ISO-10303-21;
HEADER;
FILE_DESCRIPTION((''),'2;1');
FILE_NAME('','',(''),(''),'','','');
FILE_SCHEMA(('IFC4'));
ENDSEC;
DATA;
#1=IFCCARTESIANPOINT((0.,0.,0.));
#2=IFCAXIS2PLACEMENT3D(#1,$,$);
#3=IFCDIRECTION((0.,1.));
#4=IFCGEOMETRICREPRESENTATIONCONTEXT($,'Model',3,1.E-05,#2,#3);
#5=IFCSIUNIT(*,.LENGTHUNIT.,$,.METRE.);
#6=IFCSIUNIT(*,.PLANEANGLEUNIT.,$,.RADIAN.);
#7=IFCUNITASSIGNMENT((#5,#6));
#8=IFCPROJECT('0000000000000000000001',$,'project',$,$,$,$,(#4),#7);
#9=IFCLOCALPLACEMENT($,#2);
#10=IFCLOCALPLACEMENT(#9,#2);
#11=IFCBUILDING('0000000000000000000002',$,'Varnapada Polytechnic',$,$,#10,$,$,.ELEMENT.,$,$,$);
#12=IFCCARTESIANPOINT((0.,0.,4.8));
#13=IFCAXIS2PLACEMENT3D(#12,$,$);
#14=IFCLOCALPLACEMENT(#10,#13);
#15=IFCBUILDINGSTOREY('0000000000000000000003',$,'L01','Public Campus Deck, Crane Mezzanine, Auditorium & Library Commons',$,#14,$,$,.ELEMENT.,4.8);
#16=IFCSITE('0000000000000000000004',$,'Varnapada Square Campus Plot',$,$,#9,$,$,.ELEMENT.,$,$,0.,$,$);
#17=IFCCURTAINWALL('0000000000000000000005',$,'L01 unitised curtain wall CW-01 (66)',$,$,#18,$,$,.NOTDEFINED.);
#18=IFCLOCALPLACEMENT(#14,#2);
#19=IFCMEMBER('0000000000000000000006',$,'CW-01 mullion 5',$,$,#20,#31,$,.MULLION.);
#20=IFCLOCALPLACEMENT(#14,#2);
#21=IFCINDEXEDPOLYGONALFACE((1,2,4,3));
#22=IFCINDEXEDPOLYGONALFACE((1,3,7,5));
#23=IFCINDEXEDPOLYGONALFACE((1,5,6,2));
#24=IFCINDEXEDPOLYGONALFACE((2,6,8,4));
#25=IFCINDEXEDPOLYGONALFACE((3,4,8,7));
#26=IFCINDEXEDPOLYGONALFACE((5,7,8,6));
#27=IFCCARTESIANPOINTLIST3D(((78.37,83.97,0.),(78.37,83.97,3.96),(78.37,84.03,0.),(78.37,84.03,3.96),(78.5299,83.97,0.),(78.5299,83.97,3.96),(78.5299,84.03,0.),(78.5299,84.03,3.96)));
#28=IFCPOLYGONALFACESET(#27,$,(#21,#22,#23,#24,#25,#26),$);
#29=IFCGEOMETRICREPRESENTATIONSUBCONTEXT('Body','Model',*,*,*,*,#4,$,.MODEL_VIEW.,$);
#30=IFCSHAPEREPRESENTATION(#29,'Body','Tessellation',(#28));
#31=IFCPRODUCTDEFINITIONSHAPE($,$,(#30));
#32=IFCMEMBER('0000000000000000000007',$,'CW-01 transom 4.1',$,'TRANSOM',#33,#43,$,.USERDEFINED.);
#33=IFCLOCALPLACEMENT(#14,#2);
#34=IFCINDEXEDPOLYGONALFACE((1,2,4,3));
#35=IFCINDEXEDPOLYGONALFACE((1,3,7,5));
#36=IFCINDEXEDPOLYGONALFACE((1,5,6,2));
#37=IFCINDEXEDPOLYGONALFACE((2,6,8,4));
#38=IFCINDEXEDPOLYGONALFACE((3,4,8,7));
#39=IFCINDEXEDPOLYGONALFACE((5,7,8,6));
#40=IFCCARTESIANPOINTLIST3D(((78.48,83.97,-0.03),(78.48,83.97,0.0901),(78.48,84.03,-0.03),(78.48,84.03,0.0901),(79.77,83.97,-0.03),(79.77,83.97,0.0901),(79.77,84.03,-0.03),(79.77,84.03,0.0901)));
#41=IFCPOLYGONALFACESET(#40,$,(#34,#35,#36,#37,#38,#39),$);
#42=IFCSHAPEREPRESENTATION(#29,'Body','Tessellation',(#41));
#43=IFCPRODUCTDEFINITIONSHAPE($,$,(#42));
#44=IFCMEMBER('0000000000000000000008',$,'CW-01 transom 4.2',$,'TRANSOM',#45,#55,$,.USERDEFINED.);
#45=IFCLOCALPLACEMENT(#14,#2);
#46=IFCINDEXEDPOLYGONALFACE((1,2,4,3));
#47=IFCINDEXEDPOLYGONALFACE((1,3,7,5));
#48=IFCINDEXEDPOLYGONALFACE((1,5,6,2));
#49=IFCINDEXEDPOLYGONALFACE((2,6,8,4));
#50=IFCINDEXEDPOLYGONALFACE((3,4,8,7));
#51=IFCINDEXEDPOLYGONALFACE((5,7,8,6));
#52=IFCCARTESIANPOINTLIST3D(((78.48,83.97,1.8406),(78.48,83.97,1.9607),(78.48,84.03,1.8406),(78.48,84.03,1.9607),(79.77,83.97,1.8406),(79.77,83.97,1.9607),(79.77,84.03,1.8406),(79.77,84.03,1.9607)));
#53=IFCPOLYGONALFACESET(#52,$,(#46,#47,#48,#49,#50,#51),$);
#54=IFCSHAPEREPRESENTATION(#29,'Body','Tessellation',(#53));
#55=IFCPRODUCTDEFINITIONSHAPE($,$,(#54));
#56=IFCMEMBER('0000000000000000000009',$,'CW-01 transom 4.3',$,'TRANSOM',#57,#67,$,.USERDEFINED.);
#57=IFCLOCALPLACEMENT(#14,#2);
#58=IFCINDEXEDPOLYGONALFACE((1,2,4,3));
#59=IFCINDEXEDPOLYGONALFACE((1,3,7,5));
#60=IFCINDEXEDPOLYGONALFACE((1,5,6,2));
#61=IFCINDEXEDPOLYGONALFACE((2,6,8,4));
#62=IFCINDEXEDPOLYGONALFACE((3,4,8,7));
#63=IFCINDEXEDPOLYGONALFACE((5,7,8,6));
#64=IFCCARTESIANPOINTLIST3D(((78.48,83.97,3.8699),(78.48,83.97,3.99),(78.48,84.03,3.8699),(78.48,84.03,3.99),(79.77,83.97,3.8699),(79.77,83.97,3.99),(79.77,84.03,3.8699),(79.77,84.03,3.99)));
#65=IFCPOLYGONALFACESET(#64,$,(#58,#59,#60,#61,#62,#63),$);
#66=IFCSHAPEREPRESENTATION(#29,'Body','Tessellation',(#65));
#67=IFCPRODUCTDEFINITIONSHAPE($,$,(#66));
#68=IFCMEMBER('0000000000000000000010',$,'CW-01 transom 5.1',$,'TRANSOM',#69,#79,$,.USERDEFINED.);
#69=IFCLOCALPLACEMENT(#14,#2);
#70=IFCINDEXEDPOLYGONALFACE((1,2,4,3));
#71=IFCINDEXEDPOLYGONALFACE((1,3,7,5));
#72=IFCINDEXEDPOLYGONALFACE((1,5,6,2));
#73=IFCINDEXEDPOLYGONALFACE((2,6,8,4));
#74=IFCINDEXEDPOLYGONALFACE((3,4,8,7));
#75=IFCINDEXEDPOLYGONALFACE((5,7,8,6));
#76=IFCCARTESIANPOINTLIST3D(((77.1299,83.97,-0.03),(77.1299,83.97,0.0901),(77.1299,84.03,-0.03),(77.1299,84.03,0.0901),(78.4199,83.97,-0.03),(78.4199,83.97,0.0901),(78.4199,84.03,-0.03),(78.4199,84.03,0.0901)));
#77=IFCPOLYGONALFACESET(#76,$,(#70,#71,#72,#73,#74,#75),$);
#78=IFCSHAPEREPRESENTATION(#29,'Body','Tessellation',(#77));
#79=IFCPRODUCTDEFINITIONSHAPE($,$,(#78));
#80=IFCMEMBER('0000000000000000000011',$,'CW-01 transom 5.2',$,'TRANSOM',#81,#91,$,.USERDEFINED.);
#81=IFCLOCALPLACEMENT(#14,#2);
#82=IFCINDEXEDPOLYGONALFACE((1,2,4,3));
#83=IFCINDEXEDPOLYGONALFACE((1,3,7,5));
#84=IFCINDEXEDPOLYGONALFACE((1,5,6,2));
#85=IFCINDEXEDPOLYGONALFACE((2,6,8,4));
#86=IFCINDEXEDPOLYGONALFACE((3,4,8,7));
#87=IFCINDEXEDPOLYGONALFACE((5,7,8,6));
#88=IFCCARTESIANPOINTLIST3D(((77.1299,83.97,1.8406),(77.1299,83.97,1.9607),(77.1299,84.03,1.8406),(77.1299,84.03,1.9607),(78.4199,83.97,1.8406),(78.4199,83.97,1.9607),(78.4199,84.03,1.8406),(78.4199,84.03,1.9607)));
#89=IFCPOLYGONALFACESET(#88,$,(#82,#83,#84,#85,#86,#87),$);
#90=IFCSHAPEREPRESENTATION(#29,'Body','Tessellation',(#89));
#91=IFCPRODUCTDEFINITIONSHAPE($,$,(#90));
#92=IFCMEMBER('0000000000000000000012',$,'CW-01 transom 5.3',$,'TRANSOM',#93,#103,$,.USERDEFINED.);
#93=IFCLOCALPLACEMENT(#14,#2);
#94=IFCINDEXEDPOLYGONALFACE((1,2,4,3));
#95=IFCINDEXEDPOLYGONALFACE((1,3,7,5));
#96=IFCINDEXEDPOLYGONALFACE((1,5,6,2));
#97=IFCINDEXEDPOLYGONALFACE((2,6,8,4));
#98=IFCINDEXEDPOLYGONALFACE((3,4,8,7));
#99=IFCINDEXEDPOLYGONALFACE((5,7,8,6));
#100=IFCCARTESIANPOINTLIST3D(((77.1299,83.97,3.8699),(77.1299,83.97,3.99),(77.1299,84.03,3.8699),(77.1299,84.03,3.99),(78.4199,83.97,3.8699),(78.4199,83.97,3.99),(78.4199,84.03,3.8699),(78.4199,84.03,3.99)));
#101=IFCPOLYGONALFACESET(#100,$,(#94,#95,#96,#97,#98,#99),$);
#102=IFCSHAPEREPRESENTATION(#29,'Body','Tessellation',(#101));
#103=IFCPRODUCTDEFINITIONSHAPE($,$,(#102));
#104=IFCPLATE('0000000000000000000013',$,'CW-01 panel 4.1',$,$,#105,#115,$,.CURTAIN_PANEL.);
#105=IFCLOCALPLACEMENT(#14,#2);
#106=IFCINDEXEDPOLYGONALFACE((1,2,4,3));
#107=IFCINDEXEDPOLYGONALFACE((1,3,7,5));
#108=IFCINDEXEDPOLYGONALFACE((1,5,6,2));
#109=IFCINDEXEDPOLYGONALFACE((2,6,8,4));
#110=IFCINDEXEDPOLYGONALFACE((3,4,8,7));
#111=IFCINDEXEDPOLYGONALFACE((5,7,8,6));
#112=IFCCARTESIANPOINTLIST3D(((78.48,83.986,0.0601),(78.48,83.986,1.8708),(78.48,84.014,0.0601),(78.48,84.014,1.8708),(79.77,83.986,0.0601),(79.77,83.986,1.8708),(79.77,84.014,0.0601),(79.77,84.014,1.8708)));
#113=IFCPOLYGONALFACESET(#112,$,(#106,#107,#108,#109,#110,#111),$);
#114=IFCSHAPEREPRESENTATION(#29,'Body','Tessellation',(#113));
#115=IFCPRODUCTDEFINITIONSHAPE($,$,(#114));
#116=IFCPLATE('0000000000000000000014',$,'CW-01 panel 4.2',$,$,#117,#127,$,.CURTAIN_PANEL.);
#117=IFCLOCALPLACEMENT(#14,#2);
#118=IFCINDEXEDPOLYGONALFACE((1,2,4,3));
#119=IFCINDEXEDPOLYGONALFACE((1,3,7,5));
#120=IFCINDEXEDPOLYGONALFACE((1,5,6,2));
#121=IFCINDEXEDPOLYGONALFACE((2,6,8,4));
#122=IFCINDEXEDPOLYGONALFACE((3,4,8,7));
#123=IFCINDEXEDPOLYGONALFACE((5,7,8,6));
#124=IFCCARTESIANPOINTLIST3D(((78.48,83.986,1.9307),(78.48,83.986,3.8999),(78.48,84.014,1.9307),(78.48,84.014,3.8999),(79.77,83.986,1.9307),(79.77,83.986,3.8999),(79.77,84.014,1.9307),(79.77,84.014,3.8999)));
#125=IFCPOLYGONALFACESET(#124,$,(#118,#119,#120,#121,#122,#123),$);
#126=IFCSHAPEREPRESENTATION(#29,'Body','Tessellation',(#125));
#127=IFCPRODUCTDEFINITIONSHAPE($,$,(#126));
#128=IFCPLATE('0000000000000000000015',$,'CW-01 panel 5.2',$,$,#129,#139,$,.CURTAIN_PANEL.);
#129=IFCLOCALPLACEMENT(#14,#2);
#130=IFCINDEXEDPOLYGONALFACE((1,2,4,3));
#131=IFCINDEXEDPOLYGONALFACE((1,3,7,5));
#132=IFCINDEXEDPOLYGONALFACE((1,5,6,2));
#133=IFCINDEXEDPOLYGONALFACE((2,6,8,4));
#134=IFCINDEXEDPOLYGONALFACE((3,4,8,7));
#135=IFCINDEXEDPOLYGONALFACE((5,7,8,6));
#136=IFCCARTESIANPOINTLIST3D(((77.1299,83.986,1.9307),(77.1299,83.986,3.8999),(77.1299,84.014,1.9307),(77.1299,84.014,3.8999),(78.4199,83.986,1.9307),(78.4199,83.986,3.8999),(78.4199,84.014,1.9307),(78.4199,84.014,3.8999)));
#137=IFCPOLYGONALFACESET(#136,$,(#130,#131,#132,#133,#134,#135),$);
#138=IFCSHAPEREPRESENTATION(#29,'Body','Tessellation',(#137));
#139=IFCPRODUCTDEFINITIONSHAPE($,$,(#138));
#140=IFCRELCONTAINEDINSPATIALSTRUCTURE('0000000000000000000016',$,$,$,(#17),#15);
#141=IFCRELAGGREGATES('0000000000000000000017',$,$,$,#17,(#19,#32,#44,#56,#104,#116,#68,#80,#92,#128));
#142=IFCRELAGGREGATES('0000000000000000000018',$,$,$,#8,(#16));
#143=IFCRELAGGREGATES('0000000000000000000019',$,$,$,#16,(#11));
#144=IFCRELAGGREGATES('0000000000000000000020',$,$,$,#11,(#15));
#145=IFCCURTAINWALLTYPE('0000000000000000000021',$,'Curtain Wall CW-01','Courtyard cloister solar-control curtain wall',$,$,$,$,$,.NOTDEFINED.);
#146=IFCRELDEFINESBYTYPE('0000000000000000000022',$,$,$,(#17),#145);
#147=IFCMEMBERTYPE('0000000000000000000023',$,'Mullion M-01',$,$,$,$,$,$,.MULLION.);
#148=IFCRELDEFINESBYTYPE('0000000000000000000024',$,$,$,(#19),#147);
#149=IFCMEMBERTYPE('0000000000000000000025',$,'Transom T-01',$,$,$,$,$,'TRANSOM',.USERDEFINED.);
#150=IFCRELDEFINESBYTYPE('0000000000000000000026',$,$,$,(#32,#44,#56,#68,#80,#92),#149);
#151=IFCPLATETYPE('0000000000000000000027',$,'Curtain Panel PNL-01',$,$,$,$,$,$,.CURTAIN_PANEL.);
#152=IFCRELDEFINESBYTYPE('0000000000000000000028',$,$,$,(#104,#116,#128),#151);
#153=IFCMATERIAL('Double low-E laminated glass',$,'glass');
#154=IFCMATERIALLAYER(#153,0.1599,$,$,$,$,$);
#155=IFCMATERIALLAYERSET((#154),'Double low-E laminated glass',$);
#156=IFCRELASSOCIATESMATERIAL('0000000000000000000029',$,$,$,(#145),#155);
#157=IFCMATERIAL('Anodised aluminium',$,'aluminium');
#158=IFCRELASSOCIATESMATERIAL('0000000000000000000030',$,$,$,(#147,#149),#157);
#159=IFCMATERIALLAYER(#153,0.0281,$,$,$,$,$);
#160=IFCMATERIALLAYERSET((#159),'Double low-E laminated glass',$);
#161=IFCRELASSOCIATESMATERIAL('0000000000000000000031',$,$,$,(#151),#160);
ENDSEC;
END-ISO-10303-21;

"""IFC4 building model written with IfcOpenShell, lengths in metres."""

from ifc_helpers import new_model, si_unit, direction, frame, origin, origin_2d, place, context, subcontext, project, spatial, rectangle, extrude, material, layer, layer_set, material_profile, profile_set, type_object, element, aggregate, save


model = new_model("IFC4")

# Units and contexts
model_context = context("Model", 3, precision=1e-05, world=origin(), true_north=direction((0.0, 1.0)))
body_context = subcontext(model_context, "Body", "Model", "MODEL_VIEW")
ifc_project = project(units=[si_unit("LENGTHUNIT", "METRE"), si_unit("PLANEANGLEUNIT", "RADIAN")], contexts=[model_context])

# Site, building, storey
site_placement = place(None, origin())
site = spatial("IfcSite", under=ifc_project, at=site_placement, Name="Varnapada Square Campus Plot", CompositionType="ELEMENT", RefElevation=0.0)
building_placement = place(site_placement, origin())
building = spatial("IfcBuilding", under=site, at=building_placement, Name="Varnapada Polytechnic", CompositionType="ELEMENT")
storey_placement = place(building_placement, frame((0.0, 0.0, 4.8)))
storey = spatial("IfcBuildingStorey", under=building, at=storey_placement, Name="L01", Description="Public Campus Deck, Crane Mezzanine, Auditorium & Library Commons", CompositionType="ELEMENT", Elevation=4.8)

# Curtain wall, members, plates
ifc_material_1 = material(Name="Double low-E laminated glass", Category="glass")
ifc_layer_1 = layer(ifc_material_1, 0.1599)
ifc_layer_set_1 = layer_set([ifc_layer_1], Name="Double low-E laminated glass")
curtain_wall_type = type_object("IfcCurtainWallType", Name="Curtain Wall CW-01", Description="Courtyard cloister solar-control curtain wall", PredefinedType="NOTDEFINED", material=ifc_layer_set_1)
curtain_wall_placement = place(storey_placement, origin())
curtain_wall = element("IfcCurtainWall", 1, at=curtain_wall_placement, inside=storey, type_object=curtain_wall_type, Name="L01 unitised curtain wall CW-01 (66)", PredefinedType="NOTDEFINED")
ifc_material_2 = material(Name="Anodised aluminium", Category="aluminium")
ifc_material_profile_1 = material_profile(ifc_material_2, rectangle(XDim=0.0601, YDim=0.1599, at=origin_2d()), Name="ALU M60x160")
ifc_profile_set_1 = profile_set([ifc_material_profile_1], Name="Anodised aluminium")
member_type_1 = type_object("IfcMemberType", Name="Mullion M-01", PredefinedType="MULLION", material=ifc_profile_set_1)
member_1_placement = place(storey_placement, frame((78.45, 84.0, 0.0), z_axis=(0.0, 0.0, 1.0), x_axis=(0.0, -1.0, 0.0)))
member_1 = element("IfcMember", 2, at=member_1_placement, type_object=member_type_1, Name="CW-01 mullion 5", PredefinedType="MULLION", context=body_context, shape_type="SweptSolid", body=[
    extrude(rectangle(XDim=0.0601, YDim=0.1599, at=origin_2d()), origin(), (0.0, 0.0, 1.0), 3.96),
])
ifc_material_profile_2 = material_profile(ifc_material_2, rectangle(XDim=0.0601, YDim=0.1201, at=origin_2d()), Name="ALU T60x120")
ifc_profile_set_2 = profile_set([ifc_material_profile_2], Name="Anodised aluminium")
member_type_2 = type_object("IfcMemberType", Name="Transom T-01", ElementType="TRANSOM", PredefinedType="USERDEFINED", material=ifc_profile_set_2)
member_2_placement = place(storey_placement, frame((79.77, 84.0, 0.03), z_axis=(-1.0, 0.0, 0.0), x_axis=(0.0, -1.0, 0.0)))
member_2 = element("IfcMember", 3, at=member_2_placement, type_object=member_type_2, Name="CW-01 transom 4.1", ObjectType="TRANSOM", PredefinedType="USERDEFINED", context=body_context, shape_type="SweptSolid", body=[
    extrude(rectangle(XDim=0.0601, YDim=0.1201, at=origin_2d()), origin(), (0.0, 0.0, 1.0), 1.29),
])
member_3_placement = place(storey_placement, frame((79.77, 84.0, 1.9006), z_axis=(-1.0, 0.0, 0.0), x_axis=(0.0, -1.0, 0.0)))
member_3 = element("IfcMember", 4, at=member_3_placement, type_object=member_type_2, Name="CW-01 transom 4.2", ObjectType="TRANSOM", PredefinedType="USERDEFINED", context=body_context, shape_type="SweptSolid", body=[
    extrude(rectangle(XDim=0.0601, YDim=0.1201, at=origin_2d()), origin(), (0.0, 0.0, 1.0), 1.29),
])
member_4_placement = place(storey_placement, frame((79.77, 84.0, 3.9299), z_axis=(-1.0, 0.0, 0.0), x_axis=(0.0, -1.0, 0.0)))
member_4 = element("IfcMember", 5, at=member_4_placement, type_object=member_type_2, Name="CW-01 transom 4.3", ObjectType="TRANSOM", PredefinedType="USERDEFINED", context=body_context, shape_type="SweptSolid", body=[
    extrude(rectangle(XDim=0.0601, YDim=0.1201, at=origin_2d()), origin(), (0.0, 0.0, 1.0), 1.29),
])
member_5_placement = place(storey_placement, frame((78.4199, 84.0, 0.03), z_axis=(-1.0, 0.0, 0.0), x_axis=(0.0, -1.0, 0.0)))
member_5 = element("IfcMember", 6, at=member_5_placement, type_object=member_type_2, Name="CW-01 transom 5.1", ObjectType="TRANSOM", PredefinedType="USERDEFINED", context=body_context, shape_type="SweptSolid", body=[
    extrude(rectangle(XDim=0.0601, YDim=0.1201, at=origin_2d()), origin(), (0.0, 0.0, 1.0), 1.29),
])
member_6_placement = place(storey_placement, frame((78.4199, 84.0, 1.9006), z_axis=(-1.0, 0.0, 0.0), x_axis=(0.0, -1.0, 0.0)))
member_6 = element("IfcMember", 7, at=member_6_placement, type_object=member_type_2, Name="CW-01 transom 5.2", ObjectType="TRANSOM", PredefinedType="USERDEFINED", context=body_context, shape_type="SweptSolid", body=[
    extrude(rectangle(XDim=0.0601, YDim=0.1201, at=origin_2d()), origin(), (0.0, 0.0, 1.0), 1.29),
])
member_7_placement = place(storey_placement, frame((78.4199, 84.0, 3.9299), z_axis=(-1.0, 0.0, 0.0), x_axis=(0.0, -1.0, 0.0)))
member_7 = element("IfcMember", 8, at=member_7_placement, type_object=member_type_2, Name="CW-01 transom 5.3", ObjectType="TRANSOM", PredefinedType="USERDEFINED", context=body_context, shape_type="SweptSolid", body=[
    extrude(rectangle(XDim=0.0601, YDim=0.1201, at=origin_2d()), origin(), (0.0, 0.0, 1.0), 1.29),
])
ifc_layer_2 = layer(ifc_material_1, 0.0281)
ifc_layer_set_2 = layer_set([ifc_layer_2], Name="Double low-E laminated glass")
plate_type = type_object("IfcPlateType", Name="Curtain Panel PNL-01", PredefinedType="CURTAIN_PANEL", material=ifc_layer_set_2)
plate_1_placement = place(storey_placement, frame((79.125, 84.0, 0.0601), z_axis=(0.0, 0.0, 1.0), x_axis=(-1.0, 0.0, 0.0)))
plate_1 = element("IfcPlate", 9, at=plate_1_placement, type_object=plate_type, Name="CW-01 panel 4.1", PredefinedType="CURTAIN_PANEL", context=body_context, shape_type="SweptSolid", body=[
    extrude(rectangle(XDim=1.29, YDim=0.0281, at=origin_2d()), origin(), (0.0, 0.0, 1.0), 1.8108),
])
plate_2_placement = place(storey_placement, frame((79.125, 84.0, 1.9307), z_axis=(0.0, 0.0, 1.0), x_axis=(-1.0, 0.0, 0.0)))
plate_2 = element("IfcPlate", 10, at=plate_2_placement, type_object=plate_type, Name="CW-01 panel 4.2", PredefinedType="CURTAIN_PANEL", context=body_context, shape_type="SweptSolid", body=[
    extrude(rectangle(XDim=1.29, YDim=0.0281, at=origin_2d()), origin(), (0.0, 0.0, 1.0), 1.9692),
])
plate_3_placement = place(storey_placement, frame((77.7749, 84.0, 1.9307), z_axis=(0.0, 0.0, 1.0), x_axis=(-1.0, 0.0, 0.0)))
plate_3 = element("IfcPlate", 11, at=plate_3_placement, type_object=plate_type, Name="CW-01 panel 5.2", PredefinedType="CURTAIN_PANEL", context=body_context, shape_type="SweptSolid", body=[
    extrude(rectangle(XDim=1.29, YDim=0.0281, at=origin_2d()), origin(), (0.0, 0.0, 1.0), 1.9692),
])
aggregate(curtain_wall, [member_1, member_2, member_3, member_4, plate_1, plate_2, member_5, member_6, member_7, plate_3])

save(model, "model.ifc")
